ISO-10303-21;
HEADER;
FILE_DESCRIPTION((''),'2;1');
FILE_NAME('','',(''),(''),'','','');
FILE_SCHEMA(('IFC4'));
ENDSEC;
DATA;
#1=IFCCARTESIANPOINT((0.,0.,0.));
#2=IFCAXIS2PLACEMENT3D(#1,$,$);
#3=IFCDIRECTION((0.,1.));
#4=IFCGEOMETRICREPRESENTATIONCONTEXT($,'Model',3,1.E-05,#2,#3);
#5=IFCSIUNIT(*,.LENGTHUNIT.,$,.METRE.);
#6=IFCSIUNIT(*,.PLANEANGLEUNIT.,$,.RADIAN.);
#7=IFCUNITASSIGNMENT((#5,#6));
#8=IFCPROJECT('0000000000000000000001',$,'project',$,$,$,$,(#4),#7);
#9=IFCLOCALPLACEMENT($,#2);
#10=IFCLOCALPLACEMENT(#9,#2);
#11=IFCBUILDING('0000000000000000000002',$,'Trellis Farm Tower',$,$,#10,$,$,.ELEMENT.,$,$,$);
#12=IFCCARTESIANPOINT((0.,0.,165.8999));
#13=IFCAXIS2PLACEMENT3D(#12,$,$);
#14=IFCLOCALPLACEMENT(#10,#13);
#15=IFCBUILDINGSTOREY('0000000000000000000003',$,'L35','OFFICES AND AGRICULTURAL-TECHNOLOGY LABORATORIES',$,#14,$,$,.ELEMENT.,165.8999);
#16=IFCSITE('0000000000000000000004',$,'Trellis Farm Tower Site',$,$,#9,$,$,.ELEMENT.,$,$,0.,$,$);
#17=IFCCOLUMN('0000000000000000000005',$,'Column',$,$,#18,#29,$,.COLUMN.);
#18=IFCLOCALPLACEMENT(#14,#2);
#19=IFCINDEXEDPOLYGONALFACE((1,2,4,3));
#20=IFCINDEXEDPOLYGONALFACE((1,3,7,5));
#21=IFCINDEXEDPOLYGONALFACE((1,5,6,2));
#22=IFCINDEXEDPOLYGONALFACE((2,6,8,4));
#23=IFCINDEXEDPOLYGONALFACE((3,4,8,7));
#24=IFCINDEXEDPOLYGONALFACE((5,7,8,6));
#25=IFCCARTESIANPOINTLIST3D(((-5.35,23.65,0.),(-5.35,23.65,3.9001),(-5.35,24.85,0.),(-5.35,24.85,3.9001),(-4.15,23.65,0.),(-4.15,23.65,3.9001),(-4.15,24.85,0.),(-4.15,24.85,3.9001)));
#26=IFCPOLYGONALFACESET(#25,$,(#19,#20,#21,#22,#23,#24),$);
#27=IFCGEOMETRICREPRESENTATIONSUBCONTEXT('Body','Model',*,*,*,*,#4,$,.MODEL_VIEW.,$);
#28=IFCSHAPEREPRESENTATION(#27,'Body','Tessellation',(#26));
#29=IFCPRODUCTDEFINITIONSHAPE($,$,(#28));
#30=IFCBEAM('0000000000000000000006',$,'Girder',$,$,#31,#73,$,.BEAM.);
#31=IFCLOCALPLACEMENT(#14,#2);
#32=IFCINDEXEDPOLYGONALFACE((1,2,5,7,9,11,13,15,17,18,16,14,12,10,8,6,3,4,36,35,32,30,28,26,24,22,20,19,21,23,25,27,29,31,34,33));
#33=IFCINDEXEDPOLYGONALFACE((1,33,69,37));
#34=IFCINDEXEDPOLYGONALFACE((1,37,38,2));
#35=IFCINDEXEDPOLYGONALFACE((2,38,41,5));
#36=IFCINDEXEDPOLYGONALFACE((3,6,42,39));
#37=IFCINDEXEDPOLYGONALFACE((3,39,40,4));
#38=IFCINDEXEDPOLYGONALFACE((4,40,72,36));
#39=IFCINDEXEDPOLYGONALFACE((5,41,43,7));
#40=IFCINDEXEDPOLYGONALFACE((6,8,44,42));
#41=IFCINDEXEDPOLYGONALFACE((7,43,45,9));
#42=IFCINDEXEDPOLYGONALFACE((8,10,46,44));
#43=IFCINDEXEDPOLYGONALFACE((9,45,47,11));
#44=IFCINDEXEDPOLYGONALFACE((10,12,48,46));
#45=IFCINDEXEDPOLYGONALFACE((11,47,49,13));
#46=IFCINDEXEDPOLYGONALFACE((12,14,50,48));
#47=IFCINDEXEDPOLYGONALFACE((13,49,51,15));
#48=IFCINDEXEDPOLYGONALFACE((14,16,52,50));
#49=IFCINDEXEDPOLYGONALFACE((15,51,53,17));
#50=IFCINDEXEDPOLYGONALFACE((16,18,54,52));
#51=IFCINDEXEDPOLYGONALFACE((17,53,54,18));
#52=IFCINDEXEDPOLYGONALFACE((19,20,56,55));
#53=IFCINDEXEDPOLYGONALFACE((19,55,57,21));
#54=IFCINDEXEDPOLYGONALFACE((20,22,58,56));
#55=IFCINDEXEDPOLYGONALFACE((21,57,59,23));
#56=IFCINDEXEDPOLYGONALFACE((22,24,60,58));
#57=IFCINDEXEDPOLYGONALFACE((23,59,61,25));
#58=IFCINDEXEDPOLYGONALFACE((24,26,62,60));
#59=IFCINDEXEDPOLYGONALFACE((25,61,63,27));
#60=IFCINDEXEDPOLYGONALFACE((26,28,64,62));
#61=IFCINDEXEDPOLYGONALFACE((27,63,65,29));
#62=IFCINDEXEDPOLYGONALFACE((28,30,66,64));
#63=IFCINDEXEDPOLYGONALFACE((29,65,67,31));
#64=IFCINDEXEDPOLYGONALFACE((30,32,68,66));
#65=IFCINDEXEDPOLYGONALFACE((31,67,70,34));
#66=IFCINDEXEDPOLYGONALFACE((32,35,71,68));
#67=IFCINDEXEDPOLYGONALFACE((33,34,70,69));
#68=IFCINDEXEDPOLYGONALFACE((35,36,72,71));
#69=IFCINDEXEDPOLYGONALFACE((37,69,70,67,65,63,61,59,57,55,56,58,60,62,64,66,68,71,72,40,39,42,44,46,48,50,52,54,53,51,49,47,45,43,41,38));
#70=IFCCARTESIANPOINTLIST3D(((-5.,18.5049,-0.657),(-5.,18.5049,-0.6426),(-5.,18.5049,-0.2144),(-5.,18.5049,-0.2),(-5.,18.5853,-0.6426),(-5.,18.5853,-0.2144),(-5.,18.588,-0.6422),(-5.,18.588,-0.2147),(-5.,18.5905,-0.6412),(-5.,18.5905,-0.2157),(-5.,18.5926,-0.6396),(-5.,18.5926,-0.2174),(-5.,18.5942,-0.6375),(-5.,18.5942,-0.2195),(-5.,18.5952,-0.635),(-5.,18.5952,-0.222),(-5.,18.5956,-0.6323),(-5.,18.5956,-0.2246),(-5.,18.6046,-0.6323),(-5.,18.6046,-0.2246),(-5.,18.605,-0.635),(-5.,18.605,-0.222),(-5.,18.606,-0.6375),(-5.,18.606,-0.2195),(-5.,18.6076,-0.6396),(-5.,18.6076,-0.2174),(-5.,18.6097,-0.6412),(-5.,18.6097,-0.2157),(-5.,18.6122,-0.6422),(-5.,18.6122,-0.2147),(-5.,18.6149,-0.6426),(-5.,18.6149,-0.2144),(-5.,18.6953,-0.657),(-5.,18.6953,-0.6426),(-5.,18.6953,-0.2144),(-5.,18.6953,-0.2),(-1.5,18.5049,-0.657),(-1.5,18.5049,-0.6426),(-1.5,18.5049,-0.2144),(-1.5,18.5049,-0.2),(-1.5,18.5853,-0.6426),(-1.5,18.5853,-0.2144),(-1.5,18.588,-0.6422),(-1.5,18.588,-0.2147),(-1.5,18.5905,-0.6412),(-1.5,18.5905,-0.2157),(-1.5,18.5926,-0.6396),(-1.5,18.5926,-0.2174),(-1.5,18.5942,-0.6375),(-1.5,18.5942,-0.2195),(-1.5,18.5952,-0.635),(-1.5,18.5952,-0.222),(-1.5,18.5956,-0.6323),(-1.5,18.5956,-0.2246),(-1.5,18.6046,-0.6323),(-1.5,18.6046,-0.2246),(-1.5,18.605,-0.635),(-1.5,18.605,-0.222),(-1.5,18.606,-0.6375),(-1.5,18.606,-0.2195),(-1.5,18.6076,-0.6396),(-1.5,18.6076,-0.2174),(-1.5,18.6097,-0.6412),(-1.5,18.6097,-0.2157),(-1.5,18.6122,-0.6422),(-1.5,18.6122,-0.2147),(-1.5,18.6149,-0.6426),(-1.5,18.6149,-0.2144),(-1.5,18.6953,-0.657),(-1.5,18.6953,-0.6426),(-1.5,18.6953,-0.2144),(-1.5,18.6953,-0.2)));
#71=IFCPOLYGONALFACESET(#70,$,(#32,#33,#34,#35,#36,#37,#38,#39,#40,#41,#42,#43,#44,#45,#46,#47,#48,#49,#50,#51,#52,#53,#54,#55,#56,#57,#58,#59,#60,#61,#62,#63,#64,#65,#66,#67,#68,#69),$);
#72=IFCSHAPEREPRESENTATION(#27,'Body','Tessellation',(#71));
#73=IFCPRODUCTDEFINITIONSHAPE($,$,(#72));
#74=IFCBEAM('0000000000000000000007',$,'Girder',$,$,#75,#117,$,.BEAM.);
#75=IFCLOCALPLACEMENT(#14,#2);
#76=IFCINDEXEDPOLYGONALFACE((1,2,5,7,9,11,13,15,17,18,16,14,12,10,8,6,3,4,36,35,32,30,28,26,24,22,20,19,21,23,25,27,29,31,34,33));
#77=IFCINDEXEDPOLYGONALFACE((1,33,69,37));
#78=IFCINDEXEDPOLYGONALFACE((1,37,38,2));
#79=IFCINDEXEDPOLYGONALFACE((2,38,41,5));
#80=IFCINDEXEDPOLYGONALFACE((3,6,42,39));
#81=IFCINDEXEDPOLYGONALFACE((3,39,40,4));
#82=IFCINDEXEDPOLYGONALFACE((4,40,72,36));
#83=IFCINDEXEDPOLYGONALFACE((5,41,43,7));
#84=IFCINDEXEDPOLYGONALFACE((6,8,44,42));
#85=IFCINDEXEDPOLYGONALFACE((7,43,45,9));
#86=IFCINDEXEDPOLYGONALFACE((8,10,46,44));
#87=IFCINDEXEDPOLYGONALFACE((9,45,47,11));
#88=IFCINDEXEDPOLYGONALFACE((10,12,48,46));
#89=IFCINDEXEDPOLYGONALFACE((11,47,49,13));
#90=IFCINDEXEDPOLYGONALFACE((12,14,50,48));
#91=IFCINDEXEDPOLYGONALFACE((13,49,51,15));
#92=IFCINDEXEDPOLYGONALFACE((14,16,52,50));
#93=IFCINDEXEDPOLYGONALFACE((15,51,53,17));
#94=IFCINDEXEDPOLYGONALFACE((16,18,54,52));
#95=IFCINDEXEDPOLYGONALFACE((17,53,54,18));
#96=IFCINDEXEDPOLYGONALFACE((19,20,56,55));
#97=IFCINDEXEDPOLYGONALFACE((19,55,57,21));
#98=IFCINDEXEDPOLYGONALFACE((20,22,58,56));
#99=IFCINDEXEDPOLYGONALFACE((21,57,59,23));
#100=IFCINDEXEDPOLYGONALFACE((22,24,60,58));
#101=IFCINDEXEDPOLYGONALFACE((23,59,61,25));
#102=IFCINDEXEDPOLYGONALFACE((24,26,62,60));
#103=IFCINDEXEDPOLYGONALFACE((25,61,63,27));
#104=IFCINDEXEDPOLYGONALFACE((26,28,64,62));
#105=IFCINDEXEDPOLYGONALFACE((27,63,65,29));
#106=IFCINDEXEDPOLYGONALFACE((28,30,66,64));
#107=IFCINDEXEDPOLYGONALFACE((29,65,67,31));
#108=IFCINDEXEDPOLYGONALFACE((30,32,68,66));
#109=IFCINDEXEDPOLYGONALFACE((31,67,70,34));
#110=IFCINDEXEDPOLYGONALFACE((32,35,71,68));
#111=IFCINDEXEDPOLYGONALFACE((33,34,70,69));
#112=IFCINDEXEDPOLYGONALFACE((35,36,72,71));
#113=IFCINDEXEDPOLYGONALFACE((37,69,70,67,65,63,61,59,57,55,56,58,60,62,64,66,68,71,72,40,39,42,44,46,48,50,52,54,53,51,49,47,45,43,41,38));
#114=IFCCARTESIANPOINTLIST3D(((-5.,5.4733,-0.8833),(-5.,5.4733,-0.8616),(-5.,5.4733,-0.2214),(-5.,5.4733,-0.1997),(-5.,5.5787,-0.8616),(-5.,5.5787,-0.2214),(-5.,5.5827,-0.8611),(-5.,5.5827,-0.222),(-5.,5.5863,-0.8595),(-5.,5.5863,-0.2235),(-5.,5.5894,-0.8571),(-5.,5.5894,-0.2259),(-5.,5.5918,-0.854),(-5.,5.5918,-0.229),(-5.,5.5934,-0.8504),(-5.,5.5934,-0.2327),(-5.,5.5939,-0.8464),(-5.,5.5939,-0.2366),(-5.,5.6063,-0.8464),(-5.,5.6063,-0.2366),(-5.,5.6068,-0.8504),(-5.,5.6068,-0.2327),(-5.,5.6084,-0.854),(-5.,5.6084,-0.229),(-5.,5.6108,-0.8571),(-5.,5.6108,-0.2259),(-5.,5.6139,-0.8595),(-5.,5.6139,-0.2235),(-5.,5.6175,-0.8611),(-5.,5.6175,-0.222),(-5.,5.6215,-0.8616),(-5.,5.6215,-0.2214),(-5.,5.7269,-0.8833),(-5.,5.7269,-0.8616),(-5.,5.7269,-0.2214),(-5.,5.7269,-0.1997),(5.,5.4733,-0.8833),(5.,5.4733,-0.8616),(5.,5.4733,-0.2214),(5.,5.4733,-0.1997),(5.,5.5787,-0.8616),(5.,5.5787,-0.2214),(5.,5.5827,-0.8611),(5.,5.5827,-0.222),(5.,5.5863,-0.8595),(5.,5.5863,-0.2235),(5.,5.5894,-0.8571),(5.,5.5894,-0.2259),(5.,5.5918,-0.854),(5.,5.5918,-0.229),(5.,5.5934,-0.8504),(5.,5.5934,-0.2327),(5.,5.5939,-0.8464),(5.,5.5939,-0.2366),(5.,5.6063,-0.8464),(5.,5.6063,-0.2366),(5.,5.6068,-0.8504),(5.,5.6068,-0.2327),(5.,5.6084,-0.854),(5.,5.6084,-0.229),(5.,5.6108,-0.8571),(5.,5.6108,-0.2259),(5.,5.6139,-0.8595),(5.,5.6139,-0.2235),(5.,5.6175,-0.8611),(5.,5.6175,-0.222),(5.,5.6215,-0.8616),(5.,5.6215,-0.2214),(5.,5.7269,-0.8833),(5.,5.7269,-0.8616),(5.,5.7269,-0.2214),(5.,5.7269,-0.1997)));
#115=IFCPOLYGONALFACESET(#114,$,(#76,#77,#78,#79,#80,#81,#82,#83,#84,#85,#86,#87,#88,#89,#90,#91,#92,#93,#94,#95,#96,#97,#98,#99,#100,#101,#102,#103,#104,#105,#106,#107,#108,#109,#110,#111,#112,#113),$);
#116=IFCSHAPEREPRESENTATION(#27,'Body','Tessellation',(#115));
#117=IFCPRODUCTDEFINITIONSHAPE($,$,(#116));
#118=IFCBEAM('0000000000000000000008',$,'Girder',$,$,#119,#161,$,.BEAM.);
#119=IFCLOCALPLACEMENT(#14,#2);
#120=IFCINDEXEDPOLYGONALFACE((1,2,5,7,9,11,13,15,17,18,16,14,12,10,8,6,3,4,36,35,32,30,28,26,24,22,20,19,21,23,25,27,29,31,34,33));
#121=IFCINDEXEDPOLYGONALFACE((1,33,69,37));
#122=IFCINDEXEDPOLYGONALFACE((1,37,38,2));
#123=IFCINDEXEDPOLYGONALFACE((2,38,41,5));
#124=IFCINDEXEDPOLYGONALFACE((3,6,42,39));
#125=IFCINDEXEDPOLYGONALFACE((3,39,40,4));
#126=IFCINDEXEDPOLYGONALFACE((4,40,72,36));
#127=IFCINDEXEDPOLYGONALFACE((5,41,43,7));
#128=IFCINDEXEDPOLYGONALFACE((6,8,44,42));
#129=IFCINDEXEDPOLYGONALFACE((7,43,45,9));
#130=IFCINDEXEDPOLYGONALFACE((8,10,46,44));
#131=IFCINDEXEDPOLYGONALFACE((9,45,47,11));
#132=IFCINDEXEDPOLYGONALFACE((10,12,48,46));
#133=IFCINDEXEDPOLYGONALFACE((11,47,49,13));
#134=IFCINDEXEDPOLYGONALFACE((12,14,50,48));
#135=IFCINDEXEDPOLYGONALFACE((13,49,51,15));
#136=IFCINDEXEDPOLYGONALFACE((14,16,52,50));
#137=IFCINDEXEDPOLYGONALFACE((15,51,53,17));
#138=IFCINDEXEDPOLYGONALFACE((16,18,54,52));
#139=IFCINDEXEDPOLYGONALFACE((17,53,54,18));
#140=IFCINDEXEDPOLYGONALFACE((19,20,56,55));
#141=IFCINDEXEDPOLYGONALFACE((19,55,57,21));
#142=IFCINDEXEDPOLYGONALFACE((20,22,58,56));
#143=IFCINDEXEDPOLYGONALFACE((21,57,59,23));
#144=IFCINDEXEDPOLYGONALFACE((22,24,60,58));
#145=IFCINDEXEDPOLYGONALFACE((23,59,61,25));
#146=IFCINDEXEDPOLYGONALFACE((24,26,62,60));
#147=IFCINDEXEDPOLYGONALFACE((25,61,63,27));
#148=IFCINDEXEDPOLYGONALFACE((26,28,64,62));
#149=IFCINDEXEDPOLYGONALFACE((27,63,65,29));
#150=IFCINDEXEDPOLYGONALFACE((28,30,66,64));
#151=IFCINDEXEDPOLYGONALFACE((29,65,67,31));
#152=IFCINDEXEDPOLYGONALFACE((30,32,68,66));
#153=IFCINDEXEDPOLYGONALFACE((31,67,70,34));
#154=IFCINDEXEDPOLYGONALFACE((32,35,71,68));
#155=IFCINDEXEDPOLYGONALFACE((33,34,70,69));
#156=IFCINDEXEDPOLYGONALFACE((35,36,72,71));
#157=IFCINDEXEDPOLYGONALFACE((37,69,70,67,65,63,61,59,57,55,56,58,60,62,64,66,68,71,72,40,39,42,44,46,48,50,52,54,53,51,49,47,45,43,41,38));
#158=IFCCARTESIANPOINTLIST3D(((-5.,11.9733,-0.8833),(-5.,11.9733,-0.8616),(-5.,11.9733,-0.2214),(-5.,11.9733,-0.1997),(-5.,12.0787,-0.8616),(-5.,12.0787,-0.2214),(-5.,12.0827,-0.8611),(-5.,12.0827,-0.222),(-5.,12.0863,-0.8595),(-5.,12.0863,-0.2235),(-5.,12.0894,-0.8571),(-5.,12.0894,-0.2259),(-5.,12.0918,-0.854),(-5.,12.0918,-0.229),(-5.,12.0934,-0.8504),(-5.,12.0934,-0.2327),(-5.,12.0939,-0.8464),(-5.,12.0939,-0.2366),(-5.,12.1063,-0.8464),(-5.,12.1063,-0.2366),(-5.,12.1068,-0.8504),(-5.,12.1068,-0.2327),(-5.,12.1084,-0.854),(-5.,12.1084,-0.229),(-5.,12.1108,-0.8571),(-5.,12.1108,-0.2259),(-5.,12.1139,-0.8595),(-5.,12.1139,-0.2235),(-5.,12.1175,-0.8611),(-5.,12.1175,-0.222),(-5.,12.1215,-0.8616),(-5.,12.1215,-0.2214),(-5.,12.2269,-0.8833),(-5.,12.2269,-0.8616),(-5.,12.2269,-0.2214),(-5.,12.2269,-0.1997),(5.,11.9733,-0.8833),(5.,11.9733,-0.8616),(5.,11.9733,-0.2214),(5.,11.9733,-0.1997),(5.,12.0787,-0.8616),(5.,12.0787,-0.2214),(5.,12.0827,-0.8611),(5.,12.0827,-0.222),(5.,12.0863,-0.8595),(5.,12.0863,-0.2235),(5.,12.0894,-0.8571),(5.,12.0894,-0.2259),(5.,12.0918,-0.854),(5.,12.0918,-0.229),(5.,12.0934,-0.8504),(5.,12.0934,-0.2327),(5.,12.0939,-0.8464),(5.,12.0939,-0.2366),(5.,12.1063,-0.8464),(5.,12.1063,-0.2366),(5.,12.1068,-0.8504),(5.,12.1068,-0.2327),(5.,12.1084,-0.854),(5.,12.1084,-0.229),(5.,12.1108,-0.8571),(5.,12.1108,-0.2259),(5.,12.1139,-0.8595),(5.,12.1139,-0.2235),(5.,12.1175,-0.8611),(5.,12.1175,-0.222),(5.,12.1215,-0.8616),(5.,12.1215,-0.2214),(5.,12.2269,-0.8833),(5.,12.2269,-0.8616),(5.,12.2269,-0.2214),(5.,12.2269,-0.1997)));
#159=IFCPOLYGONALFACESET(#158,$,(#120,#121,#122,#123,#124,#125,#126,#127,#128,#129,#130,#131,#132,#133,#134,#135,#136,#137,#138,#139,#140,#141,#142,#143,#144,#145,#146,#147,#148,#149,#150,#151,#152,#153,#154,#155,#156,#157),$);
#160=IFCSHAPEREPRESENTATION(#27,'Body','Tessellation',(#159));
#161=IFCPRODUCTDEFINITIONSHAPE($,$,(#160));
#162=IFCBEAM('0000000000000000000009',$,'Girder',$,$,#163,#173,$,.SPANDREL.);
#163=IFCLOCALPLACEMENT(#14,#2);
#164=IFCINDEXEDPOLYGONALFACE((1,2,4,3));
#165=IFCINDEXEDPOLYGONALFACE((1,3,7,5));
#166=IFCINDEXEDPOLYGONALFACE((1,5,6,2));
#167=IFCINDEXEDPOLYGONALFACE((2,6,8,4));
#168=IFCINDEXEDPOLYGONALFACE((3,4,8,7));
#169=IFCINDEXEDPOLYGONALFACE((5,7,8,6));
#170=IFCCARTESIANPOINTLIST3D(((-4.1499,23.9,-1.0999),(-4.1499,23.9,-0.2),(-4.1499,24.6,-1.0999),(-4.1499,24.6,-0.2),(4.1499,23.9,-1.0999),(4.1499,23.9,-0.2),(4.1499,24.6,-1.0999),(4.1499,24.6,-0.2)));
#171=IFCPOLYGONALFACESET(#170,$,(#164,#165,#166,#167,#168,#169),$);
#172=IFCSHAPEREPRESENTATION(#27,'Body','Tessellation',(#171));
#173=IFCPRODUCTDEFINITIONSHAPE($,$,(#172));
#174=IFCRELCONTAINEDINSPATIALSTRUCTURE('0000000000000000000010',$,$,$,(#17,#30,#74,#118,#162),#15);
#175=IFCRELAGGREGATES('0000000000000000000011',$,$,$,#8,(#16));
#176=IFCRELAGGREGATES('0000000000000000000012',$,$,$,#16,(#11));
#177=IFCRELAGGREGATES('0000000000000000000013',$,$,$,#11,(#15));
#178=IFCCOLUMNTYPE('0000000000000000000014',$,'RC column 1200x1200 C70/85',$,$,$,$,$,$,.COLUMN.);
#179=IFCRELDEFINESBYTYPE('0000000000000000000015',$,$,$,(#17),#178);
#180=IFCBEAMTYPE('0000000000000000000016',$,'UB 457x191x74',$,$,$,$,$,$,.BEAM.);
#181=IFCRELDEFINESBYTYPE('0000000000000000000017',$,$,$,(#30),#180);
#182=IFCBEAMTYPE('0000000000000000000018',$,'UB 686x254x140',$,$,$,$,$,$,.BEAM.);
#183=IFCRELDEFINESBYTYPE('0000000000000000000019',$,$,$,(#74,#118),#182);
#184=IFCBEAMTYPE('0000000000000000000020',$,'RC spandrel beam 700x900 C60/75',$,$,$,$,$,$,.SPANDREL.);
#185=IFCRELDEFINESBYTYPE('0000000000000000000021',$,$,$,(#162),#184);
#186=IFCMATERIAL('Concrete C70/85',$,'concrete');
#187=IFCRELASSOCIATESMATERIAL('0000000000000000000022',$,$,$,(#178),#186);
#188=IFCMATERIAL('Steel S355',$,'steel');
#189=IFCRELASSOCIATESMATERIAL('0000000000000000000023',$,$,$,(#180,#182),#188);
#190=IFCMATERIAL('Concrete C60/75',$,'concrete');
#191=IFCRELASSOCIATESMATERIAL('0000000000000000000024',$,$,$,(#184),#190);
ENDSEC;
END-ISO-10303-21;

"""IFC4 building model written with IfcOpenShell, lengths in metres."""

from ifc_helpers import new_model, si_unit, direction, frame, origin, origin_2d, place, context, subcontext, project, spatial, rectangle, i_section, extrude, source, transform, mapped, material, material_profile, profile_set, type_object, element, save


model = new_model("IFC4")

# Units and contexts
model_context = context("Model", 3, precision=1e-05, world=origin(), true_north=direction((0.0, 1.0)))
body_context = subcontext(model_context, "Body", "Model", "MODEL_VIEW")
ifc_project = project(units=[si_unit("LENGTHUNIT", "METRE"), si_unit("PLANEANGLEUNIT", "RADIAN")], contexts=[model_context])

# Site, building, storey
site_placement = place(None, origin())
site = spatial("IfcSite", under=ifc_project, at=site_placement, Name="Trellis Farm Tower Site", CompositionType="ELEMENT", RefElevation=0.0)
building_placement = place(site_placement, origin())
building = spatial("IfcBuilding", under=site, at=building_placement, Name="Trellis Farm Tower", CompositionType="ELEMENT")
storey_placement = place(building_placement, frame((0.0, 0.0, 165.8999)))
storey = spatial("IfcBuildingStorey", under=building, at=storey_placement, Name="L35", Description="OFFICES AND AGRICULTURAL-TECHNOLOGY LABORATORIES", CompositionType="ELEMENT", Elevation=165.8999)

# Column
ifc_material_1 = material(Name="Concrete C70/85", Category="concrete")
ifc_material_profile_1 = material_profile(ifc_material_1, rectangle(XDim=1.2, YDim=1.2, at=origin_2d()), Name="RC column 1200x1200 C70/85")
ifc_profile_set_1 = profile_set([ifc_material_profile_1], Name="Concrete C70/85")
column_type = type_object("IfcColumnType", Name="RC column 1200x1200 C70/85", PredefinedType="COLUMN", material=ifc_profile_set_1)
shared_shape_1 = source(origin(), body_context, "Body", "SweptSolid", [
    extrude(rectangle(XDim=1.2, YDim=1.2, at=origin_2d()), origin(), (0.0, 0.0, 1.0), 3.9001),
])
column_placement = place(storey_placement, frame((-4.75, 24.25, 0.0), z_axis=(0.0, 0.0, 1.0), x_axis=(1.0, 0.0, 0.0)))
element("IfcColumn", 1, at=column_placement, inside=storey, type_object=column_type, Name="Column", PredefinedType="COLUMN", context=body_context, shape_type="MappedRepresentation", body=[
    mapped(shared_shape_1, transform((0.0, 0.0, 0.0))),
])

# Beams
ifc_material_2 = material(Name="Steel S355", Category="steel")
ifc_material_profile_2 = material_profile(ifc_material_2, i_section(OverallWidth=0.1904, OverallDepth=0.457, WebThickness=0.009, FlangeThickness=0.0144, FilletRadius=0.0103, at=origin_2d()), Name="UB 457x191x74")
ifc_profile_set_2 = profile_set([ifc_material_profile_2], Name="Steel S355")
beam_type_1 = type_object("IfcBeamType", Name="UB 457x191x74", PredefinedType="BEAM", material=ifc_profile_set_2)
shared_shape_2 = source(origin(), body_context, "Body", "SweptSolid", [
    extrude(i_section(OverallWidth=0.1904, OverallDepth=0.457, WebThickness=0.009, FlangeThickness=0.0144, FilletRadius=0.0103, at=origin_2d()), origin(), (0.0, 0.0, 1.0), 3.5),
])
beam_1_placement = place(storey_placement, frame((-5.0, 18.6001, -0.4285), z_axis=(1.0, 0.0, 0.0), x_axis=(0.0, 1.0, 0.0)))
element("IfcBeam", 2, at=beam_1_placement, inside=storey, type_object=beam_type_1, Name="Girder", PredefinedType="BEAM", context=body_context, shape_type="MappedRepresentation", body=[
    mapped(shared_shape_2, transform((0.0, 0.0, 0.0))),
])
ifc_material_profile_3 = material_profile(ifc_material_2, i_section(OverallWidth=0.2537, OverallDepth=0.6836, WebThickness=0.0125, FlangeThickness=0.0217, FilletRadius=0.0151, at=origin_2d()), Name="UB 686x254x140")
ifc_profile_set_3 = profile_set([ifc_material_profile_3], Name="Steel S355")
beam_type_2 = type_object("IfcBeamType", Name="UB 686x254x140", PredefinedType="BEAM", material=ifc_profile_set_3)
shared_shape_3 = source(origin(), body_context, "Body", "SweptSolid", [
    extrude(i_section(OverallWidth=0.2537, OverallDepth=0.6836, WebThickness=0.0125, FlangeThickness=0.0217, FilletRadius=0.0151, at=origin_2d()), origin(), (0.0, 0.0, 1.0), 10.0),
])
for number, where, z_axis, x_axis, name in (
    (3, (-5.0, 5.6001, -0.5415), (1.0, 0.0, 0.0), (0.0, 1.0, 0.0), "Girder"),
    (4, (-5.0, 12.1001, -0.5415), (1.0, 0.0, 0.0), (0.0, 1.0, 0.0), "Girder"),
):
    element("IfcBeam", number, at=place(storey_placement, frame(where, z_axis=z_axis, x_axis=x_axis)), inside=storey, type_object=beam_type_2, Name=name, PredefinedType="BEAM", context=body_context, shape_type="MappedRepresentation", body=[
        mapped(shared_shape_3, transform((0.0, 0.0, 0.0))),
    ])
ifc_material_3 = material(Name="Concrete C60/75", Category="concrete")
ifc_material_profile_4 = material_profile(ifc_material_3, rectangle(XDim=0.7, YDim=0.8999, at=origin_2d()), Name="RC spandrel beam 700x900 C60/75")
ifc_profile_set_4 = profile_set([ifc_material_profile_4], Name="Concrete C60/75")
beam_type_3 = type_object("IfcBeamType", Name="RC spandrel beam 700x900 C60/75", PredefinedType="SPANDREL", material=ifc_profile_set_4)
shared_shape_4 = source(origin(), body_context, "Body", "SweptSolid", [
    extrude(rectangle(XDim=0.7, YDim=0.8999, at=origin_2d()), origin(), (0.0, 0.0, 1.0), 8.2998),
])
beam_2_placement = place(storey_placement, frame((-4.1499, 24.25, -0.6499), z_axis=(1.0, 0.0, 0.0), x_axis=(0.0, 1.0, 0.0)))
element("IfcBeam", 5, at=beam_2_placement, inside=storey, type_object=beam_type_3, Name="Girder", PredefinedType="SPANDREL", context=body_context, shape_type="MappedRepresentation", body=[
    mapped(shared_shape_4, transform((0.0, 0.0, 0.0))),
])

save(model, "model.ifc")
